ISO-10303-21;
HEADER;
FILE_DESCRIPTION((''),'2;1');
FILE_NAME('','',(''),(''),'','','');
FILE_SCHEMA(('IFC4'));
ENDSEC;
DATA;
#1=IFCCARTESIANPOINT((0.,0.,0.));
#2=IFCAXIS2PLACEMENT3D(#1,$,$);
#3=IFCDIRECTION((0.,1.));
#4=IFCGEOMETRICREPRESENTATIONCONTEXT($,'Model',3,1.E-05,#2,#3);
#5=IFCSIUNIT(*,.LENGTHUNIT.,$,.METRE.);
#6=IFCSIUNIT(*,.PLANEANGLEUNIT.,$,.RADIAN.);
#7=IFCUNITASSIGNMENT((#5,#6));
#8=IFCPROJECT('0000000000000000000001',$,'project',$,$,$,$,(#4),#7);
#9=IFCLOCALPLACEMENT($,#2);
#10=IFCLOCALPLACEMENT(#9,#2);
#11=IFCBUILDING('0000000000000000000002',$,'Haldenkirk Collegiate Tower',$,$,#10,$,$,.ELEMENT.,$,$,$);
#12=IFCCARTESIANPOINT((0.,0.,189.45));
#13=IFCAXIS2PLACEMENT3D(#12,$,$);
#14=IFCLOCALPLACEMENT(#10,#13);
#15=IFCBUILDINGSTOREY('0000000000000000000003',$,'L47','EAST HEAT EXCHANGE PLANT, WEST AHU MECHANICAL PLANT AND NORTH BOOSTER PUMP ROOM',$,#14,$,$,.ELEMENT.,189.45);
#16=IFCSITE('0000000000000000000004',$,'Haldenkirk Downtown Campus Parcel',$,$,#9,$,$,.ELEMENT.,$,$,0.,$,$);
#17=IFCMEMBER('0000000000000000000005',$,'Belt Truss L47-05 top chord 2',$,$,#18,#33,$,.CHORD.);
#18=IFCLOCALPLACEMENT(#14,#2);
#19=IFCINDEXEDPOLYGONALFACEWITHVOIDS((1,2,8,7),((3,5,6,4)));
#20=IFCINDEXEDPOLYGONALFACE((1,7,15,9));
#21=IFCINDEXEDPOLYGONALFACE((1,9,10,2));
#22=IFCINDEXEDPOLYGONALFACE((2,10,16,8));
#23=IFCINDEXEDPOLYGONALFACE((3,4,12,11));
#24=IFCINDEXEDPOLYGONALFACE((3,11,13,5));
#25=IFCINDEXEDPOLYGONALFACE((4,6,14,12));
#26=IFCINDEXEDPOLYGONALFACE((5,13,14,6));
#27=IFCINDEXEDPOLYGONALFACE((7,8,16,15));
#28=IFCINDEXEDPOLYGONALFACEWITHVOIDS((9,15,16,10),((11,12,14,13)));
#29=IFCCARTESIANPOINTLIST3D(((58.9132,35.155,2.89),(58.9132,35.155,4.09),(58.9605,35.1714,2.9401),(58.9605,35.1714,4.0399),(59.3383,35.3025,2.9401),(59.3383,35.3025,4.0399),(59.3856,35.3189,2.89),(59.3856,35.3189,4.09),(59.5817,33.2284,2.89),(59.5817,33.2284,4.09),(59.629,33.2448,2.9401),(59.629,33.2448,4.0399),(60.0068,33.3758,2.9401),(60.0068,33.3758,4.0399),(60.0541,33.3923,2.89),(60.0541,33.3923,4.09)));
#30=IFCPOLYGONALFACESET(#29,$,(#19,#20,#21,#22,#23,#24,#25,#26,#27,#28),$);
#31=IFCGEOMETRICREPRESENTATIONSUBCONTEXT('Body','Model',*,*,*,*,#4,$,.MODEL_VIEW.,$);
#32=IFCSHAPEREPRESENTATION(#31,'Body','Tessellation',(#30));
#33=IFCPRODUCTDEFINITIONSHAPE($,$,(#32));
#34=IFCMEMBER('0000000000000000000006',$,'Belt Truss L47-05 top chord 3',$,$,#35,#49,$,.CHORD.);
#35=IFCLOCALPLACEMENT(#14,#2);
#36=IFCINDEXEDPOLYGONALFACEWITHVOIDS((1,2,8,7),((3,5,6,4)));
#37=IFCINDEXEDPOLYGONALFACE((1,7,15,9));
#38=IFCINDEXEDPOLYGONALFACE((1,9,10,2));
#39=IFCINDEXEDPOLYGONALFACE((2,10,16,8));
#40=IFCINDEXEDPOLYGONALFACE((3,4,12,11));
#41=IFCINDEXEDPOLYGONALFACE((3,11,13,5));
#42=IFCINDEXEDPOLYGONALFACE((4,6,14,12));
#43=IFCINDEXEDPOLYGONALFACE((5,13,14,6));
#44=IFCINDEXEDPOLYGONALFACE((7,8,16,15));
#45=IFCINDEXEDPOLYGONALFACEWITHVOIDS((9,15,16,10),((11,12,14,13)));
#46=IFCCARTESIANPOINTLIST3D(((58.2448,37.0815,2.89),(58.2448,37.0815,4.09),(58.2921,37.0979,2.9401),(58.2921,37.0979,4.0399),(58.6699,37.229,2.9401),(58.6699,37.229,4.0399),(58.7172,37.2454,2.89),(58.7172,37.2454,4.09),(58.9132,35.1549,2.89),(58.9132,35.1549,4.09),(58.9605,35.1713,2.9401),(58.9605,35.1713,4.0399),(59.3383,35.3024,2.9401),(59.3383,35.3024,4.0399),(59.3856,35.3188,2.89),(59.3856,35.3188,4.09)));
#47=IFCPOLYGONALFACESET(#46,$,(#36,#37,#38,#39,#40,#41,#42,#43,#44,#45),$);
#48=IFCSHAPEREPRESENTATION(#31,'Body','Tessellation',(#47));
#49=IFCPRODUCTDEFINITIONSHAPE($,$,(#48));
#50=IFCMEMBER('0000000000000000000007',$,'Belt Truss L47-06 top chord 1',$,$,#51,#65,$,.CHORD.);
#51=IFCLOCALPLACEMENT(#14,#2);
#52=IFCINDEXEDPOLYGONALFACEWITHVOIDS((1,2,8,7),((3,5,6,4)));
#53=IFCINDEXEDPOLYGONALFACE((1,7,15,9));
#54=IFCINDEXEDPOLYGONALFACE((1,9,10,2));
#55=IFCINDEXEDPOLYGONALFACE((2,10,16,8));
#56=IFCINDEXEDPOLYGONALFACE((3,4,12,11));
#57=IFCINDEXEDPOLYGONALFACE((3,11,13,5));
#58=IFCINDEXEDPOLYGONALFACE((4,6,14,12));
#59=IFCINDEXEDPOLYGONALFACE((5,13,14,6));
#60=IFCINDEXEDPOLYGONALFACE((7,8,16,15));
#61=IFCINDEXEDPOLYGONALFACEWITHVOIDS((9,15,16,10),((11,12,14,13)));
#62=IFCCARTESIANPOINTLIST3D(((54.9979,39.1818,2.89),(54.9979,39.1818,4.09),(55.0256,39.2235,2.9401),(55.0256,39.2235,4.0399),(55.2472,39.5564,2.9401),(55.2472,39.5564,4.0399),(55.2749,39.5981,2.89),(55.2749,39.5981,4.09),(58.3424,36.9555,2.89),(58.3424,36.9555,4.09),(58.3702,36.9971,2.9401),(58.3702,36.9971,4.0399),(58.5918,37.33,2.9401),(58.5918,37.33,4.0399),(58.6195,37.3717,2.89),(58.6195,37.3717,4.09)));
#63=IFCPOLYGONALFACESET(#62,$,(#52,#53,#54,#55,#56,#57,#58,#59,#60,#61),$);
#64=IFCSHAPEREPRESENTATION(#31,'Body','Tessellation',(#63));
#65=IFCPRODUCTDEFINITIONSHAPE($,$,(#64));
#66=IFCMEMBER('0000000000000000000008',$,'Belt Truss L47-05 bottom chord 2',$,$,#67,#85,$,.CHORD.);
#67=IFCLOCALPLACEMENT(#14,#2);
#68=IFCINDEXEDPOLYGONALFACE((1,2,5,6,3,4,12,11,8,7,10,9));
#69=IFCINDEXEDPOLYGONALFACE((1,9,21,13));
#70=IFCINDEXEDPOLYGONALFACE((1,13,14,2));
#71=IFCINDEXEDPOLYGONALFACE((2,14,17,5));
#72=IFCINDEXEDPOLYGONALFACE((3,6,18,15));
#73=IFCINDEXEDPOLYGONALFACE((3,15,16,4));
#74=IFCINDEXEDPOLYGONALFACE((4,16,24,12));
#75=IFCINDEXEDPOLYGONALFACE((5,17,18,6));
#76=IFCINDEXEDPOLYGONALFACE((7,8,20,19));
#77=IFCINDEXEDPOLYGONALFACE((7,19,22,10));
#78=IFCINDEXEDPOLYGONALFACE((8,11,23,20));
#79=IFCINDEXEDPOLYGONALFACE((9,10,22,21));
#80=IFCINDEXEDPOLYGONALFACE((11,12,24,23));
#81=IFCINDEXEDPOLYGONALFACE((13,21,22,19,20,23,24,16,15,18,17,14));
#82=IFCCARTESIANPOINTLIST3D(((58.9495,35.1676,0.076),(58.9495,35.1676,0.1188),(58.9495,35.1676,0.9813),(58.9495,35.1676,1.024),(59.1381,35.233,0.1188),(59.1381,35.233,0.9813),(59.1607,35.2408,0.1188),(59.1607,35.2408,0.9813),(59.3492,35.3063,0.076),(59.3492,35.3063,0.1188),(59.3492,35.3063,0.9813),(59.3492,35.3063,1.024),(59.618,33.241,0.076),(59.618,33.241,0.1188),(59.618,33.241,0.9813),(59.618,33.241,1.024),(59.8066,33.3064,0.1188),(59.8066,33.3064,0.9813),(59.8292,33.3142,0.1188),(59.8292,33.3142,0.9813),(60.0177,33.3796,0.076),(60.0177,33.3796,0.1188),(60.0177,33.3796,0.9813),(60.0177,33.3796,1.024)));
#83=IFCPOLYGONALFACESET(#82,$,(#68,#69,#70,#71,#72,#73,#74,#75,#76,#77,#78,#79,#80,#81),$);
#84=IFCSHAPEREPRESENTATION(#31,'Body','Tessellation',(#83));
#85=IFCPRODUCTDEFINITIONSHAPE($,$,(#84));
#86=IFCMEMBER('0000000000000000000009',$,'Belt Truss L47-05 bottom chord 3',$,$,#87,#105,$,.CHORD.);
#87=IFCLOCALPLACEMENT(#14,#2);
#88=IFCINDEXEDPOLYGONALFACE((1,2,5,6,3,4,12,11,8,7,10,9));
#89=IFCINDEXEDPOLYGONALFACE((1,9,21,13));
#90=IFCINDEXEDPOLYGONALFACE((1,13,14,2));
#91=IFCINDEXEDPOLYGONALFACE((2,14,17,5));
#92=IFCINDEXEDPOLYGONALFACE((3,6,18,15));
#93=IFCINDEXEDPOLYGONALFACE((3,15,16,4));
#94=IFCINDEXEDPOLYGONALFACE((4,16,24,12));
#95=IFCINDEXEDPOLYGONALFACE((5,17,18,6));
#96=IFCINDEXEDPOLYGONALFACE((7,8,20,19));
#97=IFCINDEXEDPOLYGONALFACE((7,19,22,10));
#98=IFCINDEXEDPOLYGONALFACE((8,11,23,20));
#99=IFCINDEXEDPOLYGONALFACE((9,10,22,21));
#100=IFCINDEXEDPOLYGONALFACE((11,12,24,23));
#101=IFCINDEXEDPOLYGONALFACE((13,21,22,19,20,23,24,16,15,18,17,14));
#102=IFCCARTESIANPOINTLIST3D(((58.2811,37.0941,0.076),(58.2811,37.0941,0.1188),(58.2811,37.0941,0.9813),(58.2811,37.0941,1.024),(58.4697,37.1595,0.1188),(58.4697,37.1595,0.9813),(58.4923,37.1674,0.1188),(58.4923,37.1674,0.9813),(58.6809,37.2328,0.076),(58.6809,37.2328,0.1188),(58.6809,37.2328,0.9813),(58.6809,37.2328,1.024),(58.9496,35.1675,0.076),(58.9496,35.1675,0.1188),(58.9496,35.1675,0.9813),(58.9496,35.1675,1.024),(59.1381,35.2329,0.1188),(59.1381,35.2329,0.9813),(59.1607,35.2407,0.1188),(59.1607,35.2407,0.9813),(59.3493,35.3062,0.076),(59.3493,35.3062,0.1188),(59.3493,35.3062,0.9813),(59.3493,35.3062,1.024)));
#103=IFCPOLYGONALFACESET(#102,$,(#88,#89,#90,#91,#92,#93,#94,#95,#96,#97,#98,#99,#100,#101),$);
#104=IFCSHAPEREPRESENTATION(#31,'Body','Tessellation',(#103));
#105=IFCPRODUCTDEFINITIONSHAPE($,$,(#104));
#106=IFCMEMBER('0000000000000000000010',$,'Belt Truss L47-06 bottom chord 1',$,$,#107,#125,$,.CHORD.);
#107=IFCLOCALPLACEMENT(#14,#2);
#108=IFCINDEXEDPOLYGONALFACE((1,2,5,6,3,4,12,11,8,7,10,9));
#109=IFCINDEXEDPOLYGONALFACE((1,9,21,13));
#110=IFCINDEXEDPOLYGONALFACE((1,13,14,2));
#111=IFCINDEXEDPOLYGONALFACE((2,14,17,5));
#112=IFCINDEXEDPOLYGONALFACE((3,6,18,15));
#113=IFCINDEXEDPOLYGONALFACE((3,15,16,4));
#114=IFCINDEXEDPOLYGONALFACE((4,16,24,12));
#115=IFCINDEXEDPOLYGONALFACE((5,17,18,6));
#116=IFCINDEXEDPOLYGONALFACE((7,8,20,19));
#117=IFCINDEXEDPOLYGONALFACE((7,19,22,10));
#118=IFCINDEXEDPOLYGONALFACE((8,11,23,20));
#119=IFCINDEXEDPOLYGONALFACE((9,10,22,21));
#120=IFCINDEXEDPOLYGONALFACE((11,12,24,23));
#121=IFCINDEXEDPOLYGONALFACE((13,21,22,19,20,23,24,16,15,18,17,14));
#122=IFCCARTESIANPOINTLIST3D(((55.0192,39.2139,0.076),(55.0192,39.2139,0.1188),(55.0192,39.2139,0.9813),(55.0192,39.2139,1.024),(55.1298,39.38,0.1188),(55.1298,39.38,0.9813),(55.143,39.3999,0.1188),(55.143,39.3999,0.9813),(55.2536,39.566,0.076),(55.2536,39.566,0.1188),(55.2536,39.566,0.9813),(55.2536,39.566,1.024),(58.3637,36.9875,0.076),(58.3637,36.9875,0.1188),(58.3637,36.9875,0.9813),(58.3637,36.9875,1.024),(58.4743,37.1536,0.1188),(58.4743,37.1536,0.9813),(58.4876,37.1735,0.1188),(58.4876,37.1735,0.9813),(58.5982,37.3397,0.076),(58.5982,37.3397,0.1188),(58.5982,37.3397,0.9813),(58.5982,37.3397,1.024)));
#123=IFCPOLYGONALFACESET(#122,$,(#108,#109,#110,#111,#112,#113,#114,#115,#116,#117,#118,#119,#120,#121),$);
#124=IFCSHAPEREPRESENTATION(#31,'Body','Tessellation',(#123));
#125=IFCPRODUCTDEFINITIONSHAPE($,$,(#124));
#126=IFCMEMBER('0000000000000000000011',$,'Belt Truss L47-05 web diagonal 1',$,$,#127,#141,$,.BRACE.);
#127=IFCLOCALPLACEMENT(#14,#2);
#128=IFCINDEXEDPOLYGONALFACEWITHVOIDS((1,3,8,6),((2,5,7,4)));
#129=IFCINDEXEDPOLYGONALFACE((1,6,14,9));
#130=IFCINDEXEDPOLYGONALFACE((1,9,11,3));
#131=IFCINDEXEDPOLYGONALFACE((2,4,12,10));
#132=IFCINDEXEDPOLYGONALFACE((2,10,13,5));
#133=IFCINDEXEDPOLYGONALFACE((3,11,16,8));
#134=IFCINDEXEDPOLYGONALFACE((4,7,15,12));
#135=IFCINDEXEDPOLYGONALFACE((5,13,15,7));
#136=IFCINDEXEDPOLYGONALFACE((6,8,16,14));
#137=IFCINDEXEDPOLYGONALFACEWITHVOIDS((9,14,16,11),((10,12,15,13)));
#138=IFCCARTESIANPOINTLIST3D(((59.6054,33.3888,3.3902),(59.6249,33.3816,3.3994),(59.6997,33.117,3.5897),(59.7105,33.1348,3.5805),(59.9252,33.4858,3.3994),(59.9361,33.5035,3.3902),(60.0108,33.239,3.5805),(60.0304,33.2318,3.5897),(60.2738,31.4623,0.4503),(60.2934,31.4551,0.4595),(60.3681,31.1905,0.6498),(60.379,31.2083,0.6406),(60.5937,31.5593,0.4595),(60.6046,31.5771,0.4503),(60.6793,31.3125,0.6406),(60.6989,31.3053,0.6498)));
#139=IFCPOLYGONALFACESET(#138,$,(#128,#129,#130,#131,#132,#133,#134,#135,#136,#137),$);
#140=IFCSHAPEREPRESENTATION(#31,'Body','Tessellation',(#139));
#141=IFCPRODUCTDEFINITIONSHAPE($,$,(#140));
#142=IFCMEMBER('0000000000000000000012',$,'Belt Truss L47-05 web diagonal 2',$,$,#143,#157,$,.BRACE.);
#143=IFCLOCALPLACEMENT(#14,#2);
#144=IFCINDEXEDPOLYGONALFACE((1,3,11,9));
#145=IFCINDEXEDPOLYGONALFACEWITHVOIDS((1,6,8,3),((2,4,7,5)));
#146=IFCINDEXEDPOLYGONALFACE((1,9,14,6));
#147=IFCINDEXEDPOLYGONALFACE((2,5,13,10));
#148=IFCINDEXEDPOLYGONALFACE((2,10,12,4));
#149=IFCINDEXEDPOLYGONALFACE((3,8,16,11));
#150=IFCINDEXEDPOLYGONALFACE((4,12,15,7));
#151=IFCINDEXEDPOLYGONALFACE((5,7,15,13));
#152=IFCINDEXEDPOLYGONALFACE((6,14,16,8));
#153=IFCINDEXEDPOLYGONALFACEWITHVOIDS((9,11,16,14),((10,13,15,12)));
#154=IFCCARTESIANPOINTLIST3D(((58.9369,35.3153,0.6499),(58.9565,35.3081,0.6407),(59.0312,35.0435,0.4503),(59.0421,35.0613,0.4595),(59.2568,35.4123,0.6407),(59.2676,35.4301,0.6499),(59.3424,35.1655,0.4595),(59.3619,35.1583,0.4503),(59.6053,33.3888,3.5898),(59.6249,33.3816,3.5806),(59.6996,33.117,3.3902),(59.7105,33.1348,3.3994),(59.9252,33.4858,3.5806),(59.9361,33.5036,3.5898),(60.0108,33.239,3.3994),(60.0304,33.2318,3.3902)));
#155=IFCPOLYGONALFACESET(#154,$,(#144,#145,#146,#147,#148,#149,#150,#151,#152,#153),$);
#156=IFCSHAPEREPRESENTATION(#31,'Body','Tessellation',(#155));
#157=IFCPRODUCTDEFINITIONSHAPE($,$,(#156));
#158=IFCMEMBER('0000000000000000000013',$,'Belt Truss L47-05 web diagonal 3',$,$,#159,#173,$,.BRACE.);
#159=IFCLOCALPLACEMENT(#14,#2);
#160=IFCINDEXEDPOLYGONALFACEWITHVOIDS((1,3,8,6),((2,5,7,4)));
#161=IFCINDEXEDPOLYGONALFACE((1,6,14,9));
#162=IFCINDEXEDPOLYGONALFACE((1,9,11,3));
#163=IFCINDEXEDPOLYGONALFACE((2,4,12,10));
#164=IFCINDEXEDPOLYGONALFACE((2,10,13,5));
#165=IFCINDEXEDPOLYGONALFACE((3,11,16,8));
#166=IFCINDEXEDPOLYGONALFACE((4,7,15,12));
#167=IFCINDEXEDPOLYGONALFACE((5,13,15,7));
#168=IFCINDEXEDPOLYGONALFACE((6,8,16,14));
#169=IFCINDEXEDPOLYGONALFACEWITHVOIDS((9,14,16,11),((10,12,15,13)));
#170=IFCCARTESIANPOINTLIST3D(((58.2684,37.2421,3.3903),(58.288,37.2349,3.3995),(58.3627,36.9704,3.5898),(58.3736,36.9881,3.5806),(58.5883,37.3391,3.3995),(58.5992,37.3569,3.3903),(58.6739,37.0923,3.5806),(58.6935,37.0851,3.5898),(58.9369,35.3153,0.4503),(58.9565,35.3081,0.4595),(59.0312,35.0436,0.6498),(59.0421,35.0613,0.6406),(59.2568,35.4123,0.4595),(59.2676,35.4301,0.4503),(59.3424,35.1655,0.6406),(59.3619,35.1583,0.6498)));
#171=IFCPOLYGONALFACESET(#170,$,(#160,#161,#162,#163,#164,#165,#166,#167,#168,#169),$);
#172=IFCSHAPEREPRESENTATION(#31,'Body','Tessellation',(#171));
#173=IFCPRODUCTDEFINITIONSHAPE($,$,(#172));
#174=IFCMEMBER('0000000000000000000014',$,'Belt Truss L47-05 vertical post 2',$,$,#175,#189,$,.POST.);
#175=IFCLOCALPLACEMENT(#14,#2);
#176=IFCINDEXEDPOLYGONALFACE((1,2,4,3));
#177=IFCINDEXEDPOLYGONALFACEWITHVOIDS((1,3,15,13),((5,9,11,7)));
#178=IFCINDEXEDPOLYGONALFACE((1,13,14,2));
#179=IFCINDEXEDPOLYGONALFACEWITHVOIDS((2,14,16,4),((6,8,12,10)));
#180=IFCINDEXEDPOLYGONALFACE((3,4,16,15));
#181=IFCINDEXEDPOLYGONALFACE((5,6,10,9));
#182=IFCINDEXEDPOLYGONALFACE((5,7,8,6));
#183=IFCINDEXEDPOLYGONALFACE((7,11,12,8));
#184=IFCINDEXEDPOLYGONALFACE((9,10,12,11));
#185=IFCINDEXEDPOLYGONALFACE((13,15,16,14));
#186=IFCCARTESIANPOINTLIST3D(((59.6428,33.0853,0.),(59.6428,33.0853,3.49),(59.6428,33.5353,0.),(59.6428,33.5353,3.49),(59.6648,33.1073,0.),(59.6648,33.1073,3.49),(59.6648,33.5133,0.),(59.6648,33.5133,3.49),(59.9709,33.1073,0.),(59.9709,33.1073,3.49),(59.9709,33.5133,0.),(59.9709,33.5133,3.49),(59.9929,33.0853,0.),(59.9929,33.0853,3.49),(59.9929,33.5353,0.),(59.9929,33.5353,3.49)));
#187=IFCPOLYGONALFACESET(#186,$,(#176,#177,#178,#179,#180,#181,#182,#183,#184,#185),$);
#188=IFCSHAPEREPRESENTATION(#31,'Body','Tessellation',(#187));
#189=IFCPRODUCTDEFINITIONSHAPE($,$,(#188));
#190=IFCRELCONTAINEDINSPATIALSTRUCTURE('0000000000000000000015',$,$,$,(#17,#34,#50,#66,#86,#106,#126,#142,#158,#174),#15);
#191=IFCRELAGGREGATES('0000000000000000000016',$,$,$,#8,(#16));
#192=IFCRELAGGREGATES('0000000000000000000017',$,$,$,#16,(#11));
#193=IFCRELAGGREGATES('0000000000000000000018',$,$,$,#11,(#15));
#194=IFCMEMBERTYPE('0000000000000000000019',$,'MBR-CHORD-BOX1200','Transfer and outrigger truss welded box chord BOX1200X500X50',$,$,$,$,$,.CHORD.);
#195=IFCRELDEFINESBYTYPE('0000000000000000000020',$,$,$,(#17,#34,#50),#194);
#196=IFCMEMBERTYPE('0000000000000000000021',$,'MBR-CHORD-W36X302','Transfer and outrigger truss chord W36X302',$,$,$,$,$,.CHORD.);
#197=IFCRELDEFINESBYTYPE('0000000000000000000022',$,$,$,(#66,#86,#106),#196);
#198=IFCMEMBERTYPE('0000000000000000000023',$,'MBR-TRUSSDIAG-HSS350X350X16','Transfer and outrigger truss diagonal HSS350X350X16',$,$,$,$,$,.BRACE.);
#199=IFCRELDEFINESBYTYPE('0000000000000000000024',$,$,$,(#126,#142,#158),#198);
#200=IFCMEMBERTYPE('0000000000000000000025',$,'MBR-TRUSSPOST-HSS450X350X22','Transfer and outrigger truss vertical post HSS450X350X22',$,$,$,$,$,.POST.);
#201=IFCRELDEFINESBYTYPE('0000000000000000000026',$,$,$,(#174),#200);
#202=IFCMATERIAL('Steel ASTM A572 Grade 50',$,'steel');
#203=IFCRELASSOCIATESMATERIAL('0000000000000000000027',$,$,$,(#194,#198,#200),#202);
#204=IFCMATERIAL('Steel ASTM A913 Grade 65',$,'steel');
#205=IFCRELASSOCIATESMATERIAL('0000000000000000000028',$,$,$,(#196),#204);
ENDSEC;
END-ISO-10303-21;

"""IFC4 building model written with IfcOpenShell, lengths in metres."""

from ifc_helpers import new_model, si_unit, direction, frame, origin, origin_2d, place, context, subcontext, project, spatial, hollow_rectangle, i_section, extrude, material, material_profile, profile_set, type_object, element, save


model = new_model("IFC4")

# Units and contexts
model_context = context("Model", 3, precision=1e-05, world=origin(), true_north=direction((0.0, 1.0)))
body_context = subcontext(model_context, "Body", "Model", "MODEL_VIEW")
ifc_project = project(units=[si_unit("LENGTHUNIT", "METRE"), si_unit("PLANEANGLEUNIT", "RADIAN")], contexts=[model_context])

# Site, building, storey
site_placement = place(None, origin())
site = spatial("IfcSite", under=ifc_project, at=site_placement, Name="Haldenkirk Downtown Campus Parcel", CompositionType="ELEMENT", RefElevation=0.0)
building_placement = place(site_placement, origin())
building = spatial("IfcBuilding", under=site, at=building_placement, Name="Haldenkirk Collegiate Tower", CompositionType="ELEMENT")
storey_placement = place(building_placement, frame((0.0, 0.0, 189.45)))
storey = spatial("IfcBuildingStorey", under=building, at=storey_placement, Name="L47", Description="EAST HEAT EXCHANGE PLANT, WEST AHU MECHANICAL PLANT AND NORTH BOOSTER PUMP ROOM", CompositionType="ELEMENT", Elevation=189.45)

# Members
ifc_material_1 = material(Name="Steel ASTM A572 Grade 50", Category="steel")
ifc_material_profile_1 = material_profile(ifc_material_1, hollow_rectangle(XDim=0.5, YDim=1.2, WallThickness=0.05, at=origin_2d()), Name="BOX1200X500X50")
ifc_profile_set_1 = profile_set([ifc_material_profile_1], Name="Steel ASTM A572 Grade 50")
member_type_1 = type_object("IfcMemberType", Name="MBR-CHORD-BOX1200", Description="Transfer and outrigger truss welded box chord BOX1200X500X50", PredefinedType="CHORD", material=ifc_profile_set_1)
for number, where, z_axis, x_axis, name in (
    (1, (59.8179, 33.3103, 3.49), (-0.327805, 0.944745, 0.0), (-0.944745, -0.327805, 0.0), "Belt Truss L47-05 top chord 2"),
    (2, (59.1494, 35.2368, 3.49), (-0.327768, 0.944758, 0.0), (-0.944758, -0.327768, 0.0), "Belt Truss L47-05 top chord 3"),
):
    element("IfcMember", number, at=place(storey_placement, frame(where, z_axis=z_axis, x_axis=x_axis)), inside=storey, type_object=member_type_1, Name=name, PredefinedType="CHORD", context=body_context, shape_type="SweptSolid", body=[
        extrude(hollow_rectangle(XDim=0.5, YDim=1.2, WallThickness=0.05, at=origin_2d()), origin(), (0.0, 0.0, 1.0), 2.0393),
    ])
member_1_placement = place(storey_placement, frame((58.481, 37.1636, 3.49), z_axis=(-0.832433, 0.554125, 0.0), x_axis=(-0.554125, -0.832433, 0.0)))
element("IfcMember", 3, at=member_1_placement, inside=storey, type_object=member_type_1, Name="Belt Truss L47-06 top chord 1", PredefinedType="CHORD", context=body_context, shape_type="SweptSolid", body=[
    extrude(hollow_rectangle(XDim=0.5, YDim=1.2, WallThickness=0.05, at=origin_2d()), origin(), (0.0, 0.0, 1.0), 4.0178),
])
ifc_material_2 = material(Name="Steel ASTM A913 Grade 65", Category="steel")
ifc_material_profile_2 = material_profile(ifc_material_2, i_section(OverallWidth=0.4231, OverallDepth=0.948, WebThickness=0.0239, FlangeThickness=0.0427, at=origin_2d()), Name="W36X302")
ifc_profile_set_2 = profile_set([ifc_material_profile_2], Name="Steel ASTM A913 Grade 65")
member_type_2 = type_object("IfcMemberType", Name="MBR-CHORD-W36X302", Description="Transfer and outrigger truss chord W36X302", PredefinedType="CHORD", material=ifc_profile_set_2)
for number, where, z_axis, x_axis, name in (
    (4, (59.8179, 33.3103, 0.55), (-0.327805, 0.944745, 0.0), (-0.944745, -0.327805, 0.0), "Belt Truss L47-05 bottom chord 2"),
    (5, (59.1494, 35.2368, 0.55), (-0.327768, 0.944758, 0.0), (-0.944758, -0.327768, 0.0), "Belt Truss L47-05 bottom chord 3"),
):
    element("IfcMember", number, at=place(storey_placement, frame(where, z_axis=z_axis, x_axis=x_axis)), inside=storey, type_object=member_type_2, Name=name, PredefinedType="CHORD", context=body_context, shape_type="SweptSolid", body=[
        extrude(i_section(OverallWidth=0.4231, OverallDepth=0.948, WebThickness=0.0239, FlangeThickness=0.0427, at=origin_2d()), origin(), (0.0, 0.0, 1.0), 2.0393),
    ])
member_2_placement = place(storey_placement, frame((58.481, 37.1636, 0.55), z_axis=(-0.832433, 0.554125, 0.0), x_axis=(-0.554125, -0.832433, 0.0)))
element("IfcMember", 6, at=member_2_placement, inside=storey, type_object=member_type_2, Name="Belt Truss L47-06 bottom chord 1", PredefinedType="CHORD", context=body_context, shape_type="SweptSolid", body=[
    extrude(i_section(OverallWidth=0.4231, OverallDepth=0.948, WebThickness=0.0239, FlangeThickness=0.0427, at=origin_2d()), origin(), (0.0, 0.0, 1.0), 4.0178),
])
ifc_material_profile_3 = material_profile(ifc_material_1, hollow_rectangle(XDim=0.3501, YDim=0.3501, WallThickness=0.0161, at=origin_2d()), Name="HSS350X350X16")
ifc_profile_set_3 = profile_set([ifc_material_profile_3], Name="Steel ASTM A572 Grade 50")
member_type_3 = type_object("IfcMemberType", Name="MBR-TRUSSDIAG-HSS350X350X16", Description="Transfer and outrigger truss diagonal HSS350X350X16", PredefinedType="BRACE", material=ifc_profile_set_3)
for number, where, z_axis, x_axis, name in (
    (7, (60.4863, 31.3838, 0.55), (-0.186828, 0.538444, 0.821689), (-0.944745, -0.327805, 0.0), "Belt Truss L47-05 web diagonal 1"),
    (8, (59.8179, 33.3103, 3.49), (-0.186828, 0.538444, -0.821689), (-0.944745, -0.327805, 0.0), "Belt Truss L47-05 web diagonal 2"),
):
    element("IfcMember", number, at=place(storey_placement, frame(where, z_axis=z_axis, x_axis=x_axis)), inside=storey, type_object=member_type_3, Name=name, PredefinedType="BRACE", context=body_context, shape_type="SweptSolid", body=[
        extrude(hollow_rectangle(XDim=0.3501, YDim=0.3501, WallThickness=0.0161, at=origin_2d()), origin(), (0.0, 0.0, 1.0), 3.5779),
    ])
member_3_placement = place(storey_placement, frame((59.1494, 35.2368, 0.55), z_axis=(-0.186821, 0.538493, 0.821659), x_axis=(-0.944758, -0.327768, 0.0)))
element("IfcMember", 9, at=member_3_placement, inside=storey, type_object=member_type_3, Name="Belt Truss L47-05 web diagonal 3", PredefinedType="BRACE", context=body_context, shape_type="SweptSolid", body=[
    extrude(hollow_rectangle(XDim=0.3501, YDim=0.3501, WallThickness=0.0161, at=origin_2d()), origin(), (0.0, 0.0, 1.0), 3.5781),
])
ifc_material_profile_4 = material_profile(ifc_material_1, hollow_rectangle(XDim=0.3501, YDim=0.45, WallThickness=0.022, at=origin_2d()), Name="HSS450X350X22")
ifc_profile_set_4 = profile_set([ifc_material_profile_4], Name="Steel ASTM A572 Grade 50")
member_type_4 = type_object("IfcMemberType", Name="MBR-TRUSSPOST-HSS450X350X22", Description="Transfer and outrigger truss vertical post HSS450X350X22", PredefinedType="POST", material=ifc_profile_set_4)
for number, where, z_axis, x_axis, name in (
    (10, (59.8179, 33.3103, 0.0), (0.0, 0.0, 1.0), (1.0, 0.0, 0.0), "Belt Truss L47-05 vertical post 2"),
):
    element("IfcMember", number, at=place(storey_placement, frame(where, z_axis=z_axis, x_axis=x_axis)), inside=storey, type_object=member_type_4, Name=name, PredefinedType="POST", context=body_context, shape_type="SweptSolid", body=[
        extrude(hollow_rectangle(XDim=0.3501, YDim=0.45, WallThickness=0.022, at=origin_2d()), origin(), (0.0, 0.0, 1.0), 3.49),
    ])

save(model, "model.ifc")
